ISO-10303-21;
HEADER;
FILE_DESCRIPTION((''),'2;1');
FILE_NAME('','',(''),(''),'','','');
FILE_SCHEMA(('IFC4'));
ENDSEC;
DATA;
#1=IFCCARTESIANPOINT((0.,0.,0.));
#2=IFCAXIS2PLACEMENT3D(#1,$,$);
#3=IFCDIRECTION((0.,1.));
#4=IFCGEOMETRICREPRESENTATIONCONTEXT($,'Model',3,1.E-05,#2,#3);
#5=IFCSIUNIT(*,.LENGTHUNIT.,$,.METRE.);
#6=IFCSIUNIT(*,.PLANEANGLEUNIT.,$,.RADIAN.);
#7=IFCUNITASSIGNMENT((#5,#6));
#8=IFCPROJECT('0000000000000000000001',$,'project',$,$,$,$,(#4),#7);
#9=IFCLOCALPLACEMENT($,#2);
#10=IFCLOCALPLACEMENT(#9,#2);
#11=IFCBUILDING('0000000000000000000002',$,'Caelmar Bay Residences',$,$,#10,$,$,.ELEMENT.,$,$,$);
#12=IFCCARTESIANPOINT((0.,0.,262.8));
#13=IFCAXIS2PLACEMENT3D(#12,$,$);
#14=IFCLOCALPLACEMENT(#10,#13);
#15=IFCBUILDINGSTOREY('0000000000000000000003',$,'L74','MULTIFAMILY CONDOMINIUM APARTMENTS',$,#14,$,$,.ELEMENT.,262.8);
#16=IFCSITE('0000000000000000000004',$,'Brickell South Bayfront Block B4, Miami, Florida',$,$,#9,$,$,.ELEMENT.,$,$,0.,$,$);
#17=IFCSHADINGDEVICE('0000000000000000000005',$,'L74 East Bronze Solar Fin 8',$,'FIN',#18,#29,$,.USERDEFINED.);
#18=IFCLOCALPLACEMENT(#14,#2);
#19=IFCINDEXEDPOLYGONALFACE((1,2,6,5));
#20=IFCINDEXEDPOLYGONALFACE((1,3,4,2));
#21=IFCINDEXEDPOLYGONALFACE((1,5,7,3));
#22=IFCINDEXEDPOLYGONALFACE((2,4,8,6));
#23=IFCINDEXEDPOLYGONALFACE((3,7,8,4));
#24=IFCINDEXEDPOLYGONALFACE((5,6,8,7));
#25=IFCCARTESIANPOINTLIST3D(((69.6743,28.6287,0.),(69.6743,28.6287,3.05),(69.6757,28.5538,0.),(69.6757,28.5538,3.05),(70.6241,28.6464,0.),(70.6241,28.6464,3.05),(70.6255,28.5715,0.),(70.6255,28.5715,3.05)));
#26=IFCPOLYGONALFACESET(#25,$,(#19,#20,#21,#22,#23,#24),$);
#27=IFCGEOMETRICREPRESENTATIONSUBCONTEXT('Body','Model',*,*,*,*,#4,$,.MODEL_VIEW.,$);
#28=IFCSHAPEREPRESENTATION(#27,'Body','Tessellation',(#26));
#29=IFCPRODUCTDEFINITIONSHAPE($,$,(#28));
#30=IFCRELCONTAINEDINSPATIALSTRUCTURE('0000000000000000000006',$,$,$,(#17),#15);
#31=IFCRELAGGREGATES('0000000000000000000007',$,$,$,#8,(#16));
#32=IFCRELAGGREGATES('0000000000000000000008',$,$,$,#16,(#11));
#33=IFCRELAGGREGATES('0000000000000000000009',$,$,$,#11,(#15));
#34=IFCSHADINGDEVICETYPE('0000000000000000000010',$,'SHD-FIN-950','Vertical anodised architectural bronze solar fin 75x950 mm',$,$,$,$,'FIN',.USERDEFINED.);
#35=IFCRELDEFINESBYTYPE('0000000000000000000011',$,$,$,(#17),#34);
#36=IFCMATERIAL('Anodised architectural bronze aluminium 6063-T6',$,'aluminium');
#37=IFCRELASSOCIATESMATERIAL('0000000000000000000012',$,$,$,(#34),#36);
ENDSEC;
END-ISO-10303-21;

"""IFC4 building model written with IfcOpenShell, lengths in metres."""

from ifc_helpers import new_model, si_unit, direction, frame, origin, origin_2d, place, context, subcontext, project, spatial, rectangle, extrude, material, material_profile, profile_set, type_object, element, save


model = new_model("IFC4")

# Units and contexts
model_context = context("Model", 3, precision=1e-05, world=origin(), true_north=direction((0.0, 1.0)))
body_context = subcontext(model_context, "Body", "Model", "MODEL_VIEW")
ifc_project = project(units=[si_unit("LENGTHUNIT", "METRE"), si_unit("PLANEANGLEUNIT", "RADIAN")], contexts=[model_context])

# Site, building, storey
site_placement = place(None, origin())
site = spatial("IfcSite", under=ifc_project, at=site_placement, Name="Brickell South Bayfront Block B4, Miami, Florida", CompositionType="ELEMENT", RefElevation=0.0)
building_placement = place(site_placement, origin())
building = spatial("IfcBuilding", under=site, at=building_placement, Name="Caelmar Bay Residences", CompositionType="ELEMENT")
storey_placement = place(building_placement, frame((0.0, 0.0, 262.8)))
storey = spatial("IfcBuildingStorey", under=building, at=storey_placement, Name="L74", Description="MULTIFAMILY CONDOMINIUM APARTMENTS", CompositionType="ELEMENT", Elevation=262.8)

# Shading device
ifc_material_1 = material(Name="Anodised architectural bronze aluminium 6063-T6", Category="aluminium")
ifc_material_profile_1 = material_profile(ifc_material_1, rectangle(XDim=0.075, YDim=0.95, at=origin_2d()), Name="BRONZE-FIN-75X950")
ifc_profile_set_1 = profile_set([ifc_material_profile_1], Name="Anodised architectural bronze aluminium 6063-T6")
shading_device_type = type_object("IfcShadingDeviceType", Name="SHD-FIN-950", Description="Vertical anodised architectural bronze solar fin 75x950 mm", ElementType="FIN", PredefinedType="USERDEFINED", material=ifc_profile_set_1)
for number, where, z_axis, x_axis, name in (
    (1, (70.1499, 28.6001, 0.0), (0.0, 0.0, 1.0), (-0.018674, 0.999826, 0.0), "L74 East Bronze Solar Fin 8"),
):
    element("IfcShadingDevice", number, at=place(storey_placement, frame(where, z_axis=z_axis, x_axis=x_axis)), inside=storey, type_object=shading_device_type, Name=name, ObjectType="FIN", PredefinedType="USERDEFINED", context=body_context, shape_type="SweptSolid", body=[
        extrude(rectangle(XDim=0.075, YDim=0.95, at=origin_2d()), origin(), (0.0, 0.0, 1.0), 3.05),
    ])

save(model, "model.ifc")
